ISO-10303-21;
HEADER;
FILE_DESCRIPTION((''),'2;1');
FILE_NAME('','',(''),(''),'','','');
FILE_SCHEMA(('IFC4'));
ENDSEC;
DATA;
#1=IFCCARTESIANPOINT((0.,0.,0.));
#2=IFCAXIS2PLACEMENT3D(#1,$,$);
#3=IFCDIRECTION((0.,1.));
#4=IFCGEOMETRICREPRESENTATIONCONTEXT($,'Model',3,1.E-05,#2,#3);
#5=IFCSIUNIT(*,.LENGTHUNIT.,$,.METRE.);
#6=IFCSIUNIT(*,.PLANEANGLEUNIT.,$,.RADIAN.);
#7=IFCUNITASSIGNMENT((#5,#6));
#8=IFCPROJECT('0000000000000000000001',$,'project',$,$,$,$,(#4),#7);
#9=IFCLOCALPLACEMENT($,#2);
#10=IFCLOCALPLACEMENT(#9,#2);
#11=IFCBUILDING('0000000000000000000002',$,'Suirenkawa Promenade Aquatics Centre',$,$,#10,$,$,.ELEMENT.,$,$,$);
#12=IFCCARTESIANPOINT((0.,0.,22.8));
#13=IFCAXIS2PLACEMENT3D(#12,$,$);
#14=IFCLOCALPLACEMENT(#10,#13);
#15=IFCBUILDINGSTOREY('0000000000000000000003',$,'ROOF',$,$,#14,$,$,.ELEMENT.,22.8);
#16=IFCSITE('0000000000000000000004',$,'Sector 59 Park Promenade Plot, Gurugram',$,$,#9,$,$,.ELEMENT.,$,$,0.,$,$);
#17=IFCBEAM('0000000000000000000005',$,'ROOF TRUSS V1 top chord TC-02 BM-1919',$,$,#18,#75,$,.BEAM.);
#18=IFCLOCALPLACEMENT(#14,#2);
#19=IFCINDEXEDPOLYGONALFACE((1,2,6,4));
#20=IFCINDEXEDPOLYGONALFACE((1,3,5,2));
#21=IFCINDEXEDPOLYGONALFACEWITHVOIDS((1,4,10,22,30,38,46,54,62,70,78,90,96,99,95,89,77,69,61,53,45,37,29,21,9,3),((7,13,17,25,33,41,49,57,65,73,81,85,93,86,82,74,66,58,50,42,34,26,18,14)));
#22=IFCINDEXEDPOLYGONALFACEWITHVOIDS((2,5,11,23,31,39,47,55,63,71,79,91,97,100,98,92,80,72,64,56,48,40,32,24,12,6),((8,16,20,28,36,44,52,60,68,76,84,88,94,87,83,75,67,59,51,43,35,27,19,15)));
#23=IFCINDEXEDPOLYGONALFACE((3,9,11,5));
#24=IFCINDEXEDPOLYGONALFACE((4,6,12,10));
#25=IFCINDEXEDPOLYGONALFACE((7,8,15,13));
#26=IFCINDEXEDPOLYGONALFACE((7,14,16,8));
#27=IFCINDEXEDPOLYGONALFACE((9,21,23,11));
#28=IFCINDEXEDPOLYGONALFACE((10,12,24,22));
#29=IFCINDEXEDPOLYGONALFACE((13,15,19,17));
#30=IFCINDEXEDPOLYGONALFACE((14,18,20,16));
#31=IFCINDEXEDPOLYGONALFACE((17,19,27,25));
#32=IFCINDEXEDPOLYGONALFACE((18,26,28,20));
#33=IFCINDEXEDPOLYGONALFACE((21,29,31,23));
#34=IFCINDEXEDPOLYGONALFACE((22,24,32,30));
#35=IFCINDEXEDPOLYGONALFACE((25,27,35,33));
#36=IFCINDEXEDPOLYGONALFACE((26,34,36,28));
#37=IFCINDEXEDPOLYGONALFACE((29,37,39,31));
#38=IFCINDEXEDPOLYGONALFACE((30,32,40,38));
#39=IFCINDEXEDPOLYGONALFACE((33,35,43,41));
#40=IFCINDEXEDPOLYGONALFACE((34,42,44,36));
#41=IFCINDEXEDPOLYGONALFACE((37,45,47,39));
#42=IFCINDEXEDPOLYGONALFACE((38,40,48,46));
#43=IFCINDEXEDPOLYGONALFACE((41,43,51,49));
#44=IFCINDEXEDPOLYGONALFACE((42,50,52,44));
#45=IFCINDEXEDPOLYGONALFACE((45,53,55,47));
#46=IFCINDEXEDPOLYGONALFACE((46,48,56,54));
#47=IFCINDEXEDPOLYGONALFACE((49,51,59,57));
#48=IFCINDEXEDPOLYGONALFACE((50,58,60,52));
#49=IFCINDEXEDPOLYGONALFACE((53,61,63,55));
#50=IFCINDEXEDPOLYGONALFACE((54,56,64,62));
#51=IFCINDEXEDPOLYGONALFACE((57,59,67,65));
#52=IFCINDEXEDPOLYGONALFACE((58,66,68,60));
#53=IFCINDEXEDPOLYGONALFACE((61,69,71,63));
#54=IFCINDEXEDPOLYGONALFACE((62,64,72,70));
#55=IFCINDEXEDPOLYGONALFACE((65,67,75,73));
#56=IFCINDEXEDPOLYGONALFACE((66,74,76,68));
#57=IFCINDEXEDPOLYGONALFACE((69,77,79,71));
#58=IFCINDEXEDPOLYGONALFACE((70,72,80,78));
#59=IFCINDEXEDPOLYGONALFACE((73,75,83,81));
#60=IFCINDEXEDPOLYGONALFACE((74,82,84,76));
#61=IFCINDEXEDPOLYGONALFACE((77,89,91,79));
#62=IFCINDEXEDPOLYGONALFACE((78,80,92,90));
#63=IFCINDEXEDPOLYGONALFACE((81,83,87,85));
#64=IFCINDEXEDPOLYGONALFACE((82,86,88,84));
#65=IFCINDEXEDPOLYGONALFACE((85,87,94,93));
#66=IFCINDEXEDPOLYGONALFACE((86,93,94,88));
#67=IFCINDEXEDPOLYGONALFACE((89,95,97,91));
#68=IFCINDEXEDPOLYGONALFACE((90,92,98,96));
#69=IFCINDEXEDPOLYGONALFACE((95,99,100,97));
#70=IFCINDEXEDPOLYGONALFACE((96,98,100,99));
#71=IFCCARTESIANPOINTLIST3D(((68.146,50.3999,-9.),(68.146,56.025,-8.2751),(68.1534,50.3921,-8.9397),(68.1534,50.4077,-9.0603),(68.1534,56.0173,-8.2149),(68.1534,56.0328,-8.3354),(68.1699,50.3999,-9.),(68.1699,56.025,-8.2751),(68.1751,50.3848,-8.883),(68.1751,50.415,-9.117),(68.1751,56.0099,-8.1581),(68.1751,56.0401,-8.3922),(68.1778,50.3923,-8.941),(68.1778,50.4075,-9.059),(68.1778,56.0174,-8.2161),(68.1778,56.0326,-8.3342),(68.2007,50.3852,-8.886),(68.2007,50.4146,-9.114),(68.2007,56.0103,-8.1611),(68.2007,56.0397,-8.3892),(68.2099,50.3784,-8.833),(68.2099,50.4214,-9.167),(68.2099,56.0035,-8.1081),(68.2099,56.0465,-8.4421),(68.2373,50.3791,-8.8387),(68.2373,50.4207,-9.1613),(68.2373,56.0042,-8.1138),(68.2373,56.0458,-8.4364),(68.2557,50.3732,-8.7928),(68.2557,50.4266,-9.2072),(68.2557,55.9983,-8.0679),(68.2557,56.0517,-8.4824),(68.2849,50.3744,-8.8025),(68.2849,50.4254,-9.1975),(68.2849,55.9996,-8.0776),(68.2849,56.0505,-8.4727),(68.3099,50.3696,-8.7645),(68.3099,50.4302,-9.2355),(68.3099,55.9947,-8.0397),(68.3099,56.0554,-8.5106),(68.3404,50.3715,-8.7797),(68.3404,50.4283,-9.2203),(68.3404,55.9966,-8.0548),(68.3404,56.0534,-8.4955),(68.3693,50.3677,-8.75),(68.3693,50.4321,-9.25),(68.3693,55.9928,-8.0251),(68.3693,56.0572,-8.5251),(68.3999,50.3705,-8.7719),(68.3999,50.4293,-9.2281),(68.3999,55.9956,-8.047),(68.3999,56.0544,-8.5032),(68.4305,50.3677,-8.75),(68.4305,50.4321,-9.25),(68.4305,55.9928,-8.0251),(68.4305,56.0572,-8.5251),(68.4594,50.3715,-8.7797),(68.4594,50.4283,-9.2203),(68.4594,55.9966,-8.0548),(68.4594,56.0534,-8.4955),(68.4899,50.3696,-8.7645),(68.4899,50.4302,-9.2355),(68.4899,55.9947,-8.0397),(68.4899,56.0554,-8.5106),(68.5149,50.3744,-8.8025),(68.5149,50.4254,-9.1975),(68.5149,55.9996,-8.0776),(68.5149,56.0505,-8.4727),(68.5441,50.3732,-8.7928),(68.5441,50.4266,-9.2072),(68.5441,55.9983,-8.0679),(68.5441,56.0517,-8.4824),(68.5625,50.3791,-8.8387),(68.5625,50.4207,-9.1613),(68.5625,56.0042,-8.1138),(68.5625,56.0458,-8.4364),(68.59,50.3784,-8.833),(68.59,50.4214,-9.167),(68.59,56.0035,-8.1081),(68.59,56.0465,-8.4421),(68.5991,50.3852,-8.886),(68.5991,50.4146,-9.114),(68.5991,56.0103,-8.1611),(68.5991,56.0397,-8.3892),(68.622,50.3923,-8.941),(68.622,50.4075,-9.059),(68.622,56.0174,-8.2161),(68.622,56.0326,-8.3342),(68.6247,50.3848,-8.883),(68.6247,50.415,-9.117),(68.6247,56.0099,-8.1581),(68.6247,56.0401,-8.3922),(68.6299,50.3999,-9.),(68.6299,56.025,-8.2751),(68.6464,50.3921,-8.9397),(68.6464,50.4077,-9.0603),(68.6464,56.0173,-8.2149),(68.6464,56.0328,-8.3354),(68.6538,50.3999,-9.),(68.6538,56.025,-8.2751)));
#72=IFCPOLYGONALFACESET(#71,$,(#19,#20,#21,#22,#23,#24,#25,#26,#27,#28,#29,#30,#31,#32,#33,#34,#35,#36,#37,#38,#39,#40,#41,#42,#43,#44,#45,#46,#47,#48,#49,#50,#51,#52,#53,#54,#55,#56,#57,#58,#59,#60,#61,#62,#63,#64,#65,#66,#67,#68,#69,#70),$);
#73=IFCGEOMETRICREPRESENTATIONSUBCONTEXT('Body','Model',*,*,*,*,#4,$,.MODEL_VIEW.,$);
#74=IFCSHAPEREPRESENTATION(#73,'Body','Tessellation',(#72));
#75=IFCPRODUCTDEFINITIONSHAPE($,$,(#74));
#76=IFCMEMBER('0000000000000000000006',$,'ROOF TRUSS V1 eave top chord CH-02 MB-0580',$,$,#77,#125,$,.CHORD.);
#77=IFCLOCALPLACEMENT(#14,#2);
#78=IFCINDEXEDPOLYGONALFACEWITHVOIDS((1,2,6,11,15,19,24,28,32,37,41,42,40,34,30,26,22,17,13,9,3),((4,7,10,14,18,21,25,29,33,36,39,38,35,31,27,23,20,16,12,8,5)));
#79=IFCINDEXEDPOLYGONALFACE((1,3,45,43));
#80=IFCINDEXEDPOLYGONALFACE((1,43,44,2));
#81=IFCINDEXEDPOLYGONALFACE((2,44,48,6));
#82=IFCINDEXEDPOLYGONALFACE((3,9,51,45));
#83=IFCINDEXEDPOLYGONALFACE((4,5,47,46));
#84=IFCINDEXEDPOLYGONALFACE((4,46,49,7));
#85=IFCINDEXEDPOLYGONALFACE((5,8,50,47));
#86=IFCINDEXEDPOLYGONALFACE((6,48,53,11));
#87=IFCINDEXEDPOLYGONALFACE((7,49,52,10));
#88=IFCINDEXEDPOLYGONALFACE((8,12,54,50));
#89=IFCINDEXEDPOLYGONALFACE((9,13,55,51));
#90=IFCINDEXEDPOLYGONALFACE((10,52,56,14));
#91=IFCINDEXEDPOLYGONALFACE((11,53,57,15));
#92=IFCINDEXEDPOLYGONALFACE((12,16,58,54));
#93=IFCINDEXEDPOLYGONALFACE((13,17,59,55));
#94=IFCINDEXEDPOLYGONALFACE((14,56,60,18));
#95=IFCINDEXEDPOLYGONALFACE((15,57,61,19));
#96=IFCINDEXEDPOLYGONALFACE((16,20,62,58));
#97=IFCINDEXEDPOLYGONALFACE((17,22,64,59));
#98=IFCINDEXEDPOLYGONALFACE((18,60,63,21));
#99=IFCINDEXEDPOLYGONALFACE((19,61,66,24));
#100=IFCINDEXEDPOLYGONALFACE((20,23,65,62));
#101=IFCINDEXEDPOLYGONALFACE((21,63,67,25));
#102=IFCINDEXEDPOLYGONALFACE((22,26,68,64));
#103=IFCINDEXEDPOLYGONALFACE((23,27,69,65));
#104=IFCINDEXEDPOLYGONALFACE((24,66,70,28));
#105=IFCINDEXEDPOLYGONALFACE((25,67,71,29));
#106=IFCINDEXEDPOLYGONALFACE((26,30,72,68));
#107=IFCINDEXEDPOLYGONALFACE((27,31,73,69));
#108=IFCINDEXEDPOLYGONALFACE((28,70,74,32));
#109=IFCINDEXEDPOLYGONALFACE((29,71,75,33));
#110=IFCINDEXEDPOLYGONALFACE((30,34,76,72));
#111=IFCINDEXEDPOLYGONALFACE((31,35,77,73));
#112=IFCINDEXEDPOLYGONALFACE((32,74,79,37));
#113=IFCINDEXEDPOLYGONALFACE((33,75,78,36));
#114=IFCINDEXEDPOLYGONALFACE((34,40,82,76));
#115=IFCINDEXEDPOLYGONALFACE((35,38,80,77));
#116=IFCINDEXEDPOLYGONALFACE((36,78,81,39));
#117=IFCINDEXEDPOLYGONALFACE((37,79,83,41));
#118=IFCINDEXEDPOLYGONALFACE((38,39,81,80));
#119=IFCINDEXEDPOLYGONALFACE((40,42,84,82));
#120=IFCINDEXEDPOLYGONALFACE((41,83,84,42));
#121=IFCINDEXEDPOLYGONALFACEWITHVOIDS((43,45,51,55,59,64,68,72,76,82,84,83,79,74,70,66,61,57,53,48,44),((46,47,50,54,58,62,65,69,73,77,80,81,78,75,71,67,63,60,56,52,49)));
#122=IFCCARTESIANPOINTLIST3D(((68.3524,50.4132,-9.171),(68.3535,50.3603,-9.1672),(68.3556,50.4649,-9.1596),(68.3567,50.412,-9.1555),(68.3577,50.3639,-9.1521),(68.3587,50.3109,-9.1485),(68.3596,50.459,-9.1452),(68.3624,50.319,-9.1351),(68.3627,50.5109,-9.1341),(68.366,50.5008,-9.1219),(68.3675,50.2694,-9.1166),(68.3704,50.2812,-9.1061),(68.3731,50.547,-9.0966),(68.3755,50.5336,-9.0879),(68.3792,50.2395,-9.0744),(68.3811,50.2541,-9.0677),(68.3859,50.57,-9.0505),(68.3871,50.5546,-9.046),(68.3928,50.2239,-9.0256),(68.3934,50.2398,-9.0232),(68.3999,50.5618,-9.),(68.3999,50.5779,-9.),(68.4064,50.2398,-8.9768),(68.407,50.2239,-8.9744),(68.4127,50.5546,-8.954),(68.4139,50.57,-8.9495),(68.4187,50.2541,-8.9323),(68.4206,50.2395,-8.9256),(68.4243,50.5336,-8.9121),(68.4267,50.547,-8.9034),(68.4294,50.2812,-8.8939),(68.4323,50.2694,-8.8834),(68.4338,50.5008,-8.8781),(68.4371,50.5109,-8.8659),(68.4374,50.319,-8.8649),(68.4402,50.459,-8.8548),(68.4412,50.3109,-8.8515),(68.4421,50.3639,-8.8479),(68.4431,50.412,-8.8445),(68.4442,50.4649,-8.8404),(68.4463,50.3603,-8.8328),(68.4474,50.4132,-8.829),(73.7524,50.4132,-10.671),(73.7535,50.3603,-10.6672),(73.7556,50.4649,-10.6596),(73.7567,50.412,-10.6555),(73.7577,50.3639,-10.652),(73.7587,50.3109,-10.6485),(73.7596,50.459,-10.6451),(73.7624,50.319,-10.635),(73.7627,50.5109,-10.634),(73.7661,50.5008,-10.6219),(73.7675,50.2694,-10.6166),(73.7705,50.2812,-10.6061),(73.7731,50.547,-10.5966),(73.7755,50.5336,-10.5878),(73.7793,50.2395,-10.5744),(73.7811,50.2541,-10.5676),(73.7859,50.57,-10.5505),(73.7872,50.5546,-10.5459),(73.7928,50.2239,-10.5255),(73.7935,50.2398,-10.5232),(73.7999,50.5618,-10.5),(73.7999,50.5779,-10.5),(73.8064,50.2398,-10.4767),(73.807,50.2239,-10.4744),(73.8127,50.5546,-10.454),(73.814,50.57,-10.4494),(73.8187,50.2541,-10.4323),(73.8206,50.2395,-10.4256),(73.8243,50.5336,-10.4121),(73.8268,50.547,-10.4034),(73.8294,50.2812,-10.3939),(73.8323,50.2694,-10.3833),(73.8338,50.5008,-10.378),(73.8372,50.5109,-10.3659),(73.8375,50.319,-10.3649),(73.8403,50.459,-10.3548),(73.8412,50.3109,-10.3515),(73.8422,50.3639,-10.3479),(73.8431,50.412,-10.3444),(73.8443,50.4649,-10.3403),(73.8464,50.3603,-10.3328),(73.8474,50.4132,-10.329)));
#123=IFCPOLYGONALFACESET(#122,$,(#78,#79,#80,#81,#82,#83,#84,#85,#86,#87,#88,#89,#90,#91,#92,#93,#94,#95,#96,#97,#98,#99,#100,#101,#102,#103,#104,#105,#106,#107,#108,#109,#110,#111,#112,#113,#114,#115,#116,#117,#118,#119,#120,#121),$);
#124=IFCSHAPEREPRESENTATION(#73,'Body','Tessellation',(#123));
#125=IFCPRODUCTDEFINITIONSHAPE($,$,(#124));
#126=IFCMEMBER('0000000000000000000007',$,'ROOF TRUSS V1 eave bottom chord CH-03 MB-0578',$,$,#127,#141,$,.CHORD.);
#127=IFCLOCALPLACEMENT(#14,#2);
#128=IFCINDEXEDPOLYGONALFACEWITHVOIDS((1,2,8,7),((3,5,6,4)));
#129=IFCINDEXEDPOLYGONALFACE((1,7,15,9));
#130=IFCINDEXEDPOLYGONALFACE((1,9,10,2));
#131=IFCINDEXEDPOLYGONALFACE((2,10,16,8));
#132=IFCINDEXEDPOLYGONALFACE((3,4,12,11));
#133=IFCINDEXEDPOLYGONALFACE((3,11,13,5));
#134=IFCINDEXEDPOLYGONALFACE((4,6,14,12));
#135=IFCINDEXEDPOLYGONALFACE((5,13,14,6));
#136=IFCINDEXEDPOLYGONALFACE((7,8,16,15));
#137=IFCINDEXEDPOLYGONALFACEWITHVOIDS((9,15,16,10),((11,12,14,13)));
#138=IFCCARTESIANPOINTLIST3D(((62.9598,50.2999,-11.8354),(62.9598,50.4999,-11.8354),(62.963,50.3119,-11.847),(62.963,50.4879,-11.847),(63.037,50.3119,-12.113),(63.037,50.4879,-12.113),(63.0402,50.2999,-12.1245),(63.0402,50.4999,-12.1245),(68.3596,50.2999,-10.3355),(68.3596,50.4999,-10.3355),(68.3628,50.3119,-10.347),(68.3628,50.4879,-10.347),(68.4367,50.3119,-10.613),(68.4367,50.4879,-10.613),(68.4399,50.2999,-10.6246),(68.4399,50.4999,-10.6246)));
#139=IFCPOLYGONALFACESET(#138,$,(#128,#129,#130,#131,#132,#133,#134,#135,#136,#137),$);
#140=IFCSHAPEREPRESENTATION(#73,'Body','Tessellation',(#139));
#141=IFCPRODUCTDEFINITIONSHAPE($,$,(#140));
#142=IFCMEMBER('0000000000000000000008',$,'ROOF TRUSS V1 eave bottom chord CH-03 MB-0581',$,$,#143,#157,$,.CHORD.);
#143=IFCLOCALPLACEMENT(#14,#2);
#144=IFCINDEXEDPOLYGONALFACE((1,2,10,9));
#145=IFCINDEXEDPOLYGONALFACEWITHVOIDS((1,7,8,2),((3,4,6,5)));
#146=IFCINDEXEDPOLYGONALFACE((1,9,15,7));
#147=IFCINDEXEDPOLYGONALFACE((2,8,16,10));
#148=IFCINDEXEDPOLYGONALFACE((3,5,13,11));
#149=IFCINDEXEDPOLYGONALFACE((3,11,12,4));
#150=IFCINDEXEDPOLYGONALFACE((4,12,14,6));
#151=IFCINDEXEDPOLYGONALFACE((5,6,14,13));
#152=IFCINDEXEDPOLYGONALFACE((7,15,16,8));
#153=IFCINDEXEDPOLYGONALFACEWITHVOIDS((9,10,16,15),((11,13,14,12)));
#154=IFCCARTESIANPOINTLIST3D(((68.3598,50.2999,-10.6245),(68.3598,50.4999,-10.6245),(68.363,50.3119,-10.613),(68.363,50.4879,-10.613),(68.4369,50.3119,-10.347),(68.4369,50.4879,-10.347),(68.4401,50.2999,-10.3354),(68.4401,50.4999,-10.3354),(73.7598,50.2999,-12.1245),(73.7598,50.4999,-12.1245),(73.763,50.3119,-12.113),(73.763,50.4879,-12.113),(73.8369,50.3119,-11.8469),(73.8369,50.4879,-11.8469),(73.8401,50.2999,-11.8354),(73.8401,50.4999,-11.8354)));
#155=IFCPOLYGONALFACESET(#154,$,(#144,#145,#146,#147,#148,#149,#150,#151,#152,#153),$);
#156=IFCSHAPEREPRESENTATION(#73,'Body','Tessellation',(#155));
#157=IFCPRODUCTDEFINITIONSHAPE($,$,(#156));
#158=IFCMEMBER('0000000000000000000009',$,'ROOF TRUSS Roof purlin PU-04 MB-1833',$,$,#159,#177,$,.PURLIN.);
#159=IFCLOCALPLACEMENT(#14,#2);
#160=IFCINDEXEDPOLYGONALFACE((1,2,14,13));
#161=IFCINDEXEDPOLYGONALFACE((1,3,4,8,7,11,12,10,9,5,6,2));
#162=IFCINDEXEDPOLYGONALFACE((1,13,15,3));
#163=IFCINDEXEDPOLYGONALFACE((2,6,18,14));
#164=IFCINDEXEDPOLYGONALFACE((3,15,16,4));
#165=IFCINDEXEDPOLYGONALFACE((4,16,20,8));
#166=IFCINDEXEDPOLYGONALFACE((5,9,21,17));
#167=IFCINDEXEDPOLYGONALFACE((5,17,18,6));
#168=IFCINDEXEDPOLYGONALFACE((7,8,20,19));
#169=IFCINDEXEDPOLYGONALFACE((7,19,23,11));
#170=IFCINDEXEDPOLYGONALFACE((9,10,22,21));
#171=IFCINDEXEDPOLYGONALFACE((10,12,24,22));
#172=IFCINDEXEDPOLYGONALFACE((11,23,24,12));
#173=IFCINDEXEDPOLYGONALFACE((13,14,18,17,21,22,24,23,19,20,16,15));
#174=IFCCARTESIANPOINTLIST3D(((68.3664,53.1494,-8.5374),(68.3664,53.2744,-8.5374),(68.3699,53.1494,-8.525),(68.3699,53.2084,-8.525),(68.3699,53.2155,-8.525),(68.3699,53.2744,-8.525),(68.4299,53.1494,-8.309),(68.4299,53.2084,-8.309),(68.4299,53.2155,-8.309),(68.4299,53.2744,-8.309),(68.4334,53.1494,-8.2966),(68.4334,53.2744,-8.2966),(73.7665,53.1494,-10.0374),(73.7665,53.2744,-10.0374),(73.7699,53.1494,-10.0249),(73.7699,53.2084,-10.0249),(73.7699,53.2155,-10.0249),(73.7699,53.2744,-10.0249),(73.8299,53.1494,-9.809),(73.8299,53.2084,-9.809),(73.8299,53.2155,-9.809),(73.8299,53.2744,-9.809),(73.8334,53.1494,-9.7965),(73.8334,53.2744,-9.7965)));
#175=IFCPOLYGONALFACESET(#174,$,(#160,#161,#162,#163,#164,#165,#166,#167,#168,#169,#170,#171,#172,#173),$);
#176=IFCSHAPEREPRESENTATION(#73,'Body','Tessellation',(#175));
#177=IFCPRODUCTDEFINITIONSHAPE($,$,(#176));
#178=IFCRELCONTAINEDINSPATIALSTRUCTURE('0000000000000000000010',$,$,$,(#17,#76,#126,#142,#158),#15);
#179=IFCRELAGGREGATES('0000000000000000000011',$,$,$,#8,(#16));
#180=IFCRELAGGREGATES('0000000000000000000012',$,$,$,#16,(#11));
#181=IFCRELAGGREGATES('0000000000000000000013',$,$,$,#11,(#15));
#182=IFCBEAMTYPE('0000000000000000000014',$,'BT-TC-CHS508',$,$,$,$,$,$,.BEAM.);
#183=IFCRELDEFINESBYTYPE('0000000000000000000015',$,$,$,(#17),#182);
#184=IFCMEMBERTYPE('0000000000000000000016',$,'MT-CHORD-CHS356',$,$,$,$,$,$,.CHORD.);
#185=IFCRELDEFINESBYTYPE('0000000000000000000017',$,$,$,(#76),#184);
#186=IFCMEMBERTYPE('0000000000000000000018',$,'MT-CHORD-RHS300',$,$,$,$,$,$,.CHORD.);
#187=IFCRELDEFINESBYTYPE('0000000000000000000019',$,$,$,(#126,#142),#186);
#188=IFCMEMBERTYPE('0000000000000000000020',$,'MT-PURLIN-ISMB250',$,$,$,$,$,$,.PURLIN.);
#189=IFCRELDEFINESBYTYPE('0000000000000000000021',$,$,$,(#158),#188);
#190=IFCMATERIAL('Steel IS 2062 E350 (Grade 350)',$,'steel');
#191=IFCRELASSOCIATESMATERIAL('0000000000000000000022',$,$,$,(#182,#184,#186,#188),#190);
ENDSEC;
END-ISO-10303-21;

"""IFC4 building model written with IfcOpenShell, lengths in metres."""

from ifc_helpers import new_model, si_unit, direction, frame, origin, origin_2d, place, context, subcontext, project, spatial, hollow_rectangle, hollow_circle, i_section, extrude, material, material_profile, profile_set, type_object, element, save


model = new_model("IFC4")

# Units and contexts
model_context = context("Model", 3, precision=1e-05, world=origin(), true_north=direction((0.0, 1.0)))
body_context = subcontext(model_context, "Body", "Model", "MODEL_VIEW")
ifc_project = project(units=[si_unit("LENGTHUNIT", "METRE"), si_unit("PLANEANGLEUNIT", "RADIAN")], contexts=[model_context])

# Site, building, storey
site_placement = place(None, origin())
site = spatial("IfcSite", under=ifc_project, at=site_placement, Name="Sector 59 Park Promenade Plot, Gurugram", CompositionType="ELEMENT", RefElevation=0.0)
building_placement = place(site_placement, origin())
building = spatial("IfcBuilding", under=site, at=building_placement, Name="Suirenkawa Promenade Aquatics Centre", CompositionType="ELEMENT")
storey_placement = place(building_placement, frame((0.0, 0.0, 22.8)))
storey = spatial("IfcBuildingStorey", under=building, at=storey_placement, Name="ROOF", CompositionType="ELEMENT", Elevation=22.8)

# Beam
ifc_material_1 = material(Name="Steel IS 2062 E350 (Grade 350)", Category="steel")
ifc_material_profile_1 = material_profile(ifc_material_1, hollow_circle(Radius=0.2539, WallThickness=0.0239, at=origin_2d()), Name="CHS 508x24", Category="steel")
ifc_profile_set_1 = profile_set([ifc_material_profile_1], Name="Steel IS 2062 E350 (Grade 350)")
beam_type_1 = type_object("IfcBeamType", Name="BT-TC-CHS508", PredefinedType="BEAM", material=ifc_profile_set_1)
for number, where, z_axis, x_axis, name in (
    (1, (68.3999, 50.3999, -9.0), (0.0, 0.991799, 0.127806), (-1.0, 0.0, 0.0), "ROOF TRUSS V1 top chord TC-02 BM-1919"),
):
    element("IfcBeam", number, at=place(storey_placement, frame(where, z_axis=z_axis, x_axis=x_axis)), inside=storey, type_object=beam_type_1, Name=name, PredefinedType="BEAM", context=body_context, shape_type="SweptSolid", body=[
        extrude(hollow_circle(Radius=0.2539, WallThickness=0.0239, at=origin_2d()), origin(), (0.0, 0.0, 1.0), 5.6716),
    ])

# Members
ifc_material_profile_2 = material_profile(ifc_material_1, hollow_circle(Radius=0.178, WallThickness=0.0161, at=origin_2d()), Name="CHS 356x16", Category="steel")
ifc_profile_set_2 = profile_set([ifc_material_profile_2], Name="Steel IS 2062 E350 (Grade 350)")
member_type_1 = type_object("IfcMemberType", Name="MT-CHORD-CHS356", PredefinedType="CHORD", material=ifc_profile_set_2)
member_1_placement = place(storey_placement, frame((68.3999, 50.3999, -9.0), z_axis=(0.96352, 0.0, -0.267637), x_axis=(0.0, 1.0, 0.0)))
element("IfcMember", 2, at=member_1_placement, inside=storey, type_object=member_type_1, Name="ROOF TRUSS V1 eave top chord CH-02 MB-0580", PredefinedType="CHORD", context=body_context, shape_type="SweptSolid", body=[
    extrude(hollow_circle(Radius=0.178, WallThickness=0.0161, at=origin_2d()), origin(), (0.0, 0.0, 1.0), 5.6045),
])
ifc_material_profile_3 = material_profile(ifc_material_1, hollow_rectangle(XDim=0.2, YDim=0.3, WallThickness=0.012, at=origin_2d()), Name="RHS 300x200x12", Category="steel")
ifc_profile_set_3 = profile_set([ifc_material_profile_3], Name="Steel IS 2062 E350 (Grade 350)")
member_type_2 = type_object("IfcMemberType", Name="MT-CHORD-RHS300", PredefinedType="CHORD", material=ifc_profile_set_3)
member_2_placement = place(storey_placement, frame((63.0, 50.3999, -11.98), z_axis=(0.963517, 0.0, 0.267648), x_axis=(0.0, 1.0, 0.0)))
element("IfcMember", 3, at=member_2_placement, inside=storey, type_object=member_type_2, Name="ROOF TRUSS V1 eave bottom chord CH-03 MB-0578", PredefinedType="CHORD", context=body_context, shape_type="SweptSolid", body=[
    extrude(hollow_rectangle(XDim=0.2, YDim=0.3, WallThickness=0.012, at=origin_2d()), origin(), (0.0, 0.0, 1.0), 5.6042),
])
member_3_placement = place(storey_placement, frame((68.3999, 50.3999, -10.48), z_axis=(0.96352, 0.0, -0.267637), x_axis=(0.0, 1.0, 0.0)))
element("IfcMember", 4, at=member_3_placement, inside=storey, type_object=member_type_2, Name="ROOF TRUSS V1 eave bottom chord CH-03 MB-0581", PredefinedType="CHORD", context=body_context, shape_type="SweptSolid", body=[
    extrude(hollow_rectangle(XDim=0.2, YDim=0.3, WallThickness=0.012, at=origin_2d()), origin(), (0.0, 0.0, 1.0), 5.6045),
])
ifc_material_profile_4 = material_profile(ifc_material_1, i_section(OverallWidth=0.125, OverallDepth=0.25, WebThickness=0.0071, FlangeThickness=0.0129, at=origin_2d()), Name="ISMB 250", Category="steel")
ifc_profile_set_4 = profile_set([ifc_material_profile_4], Name="Steel IS 2062 E350 (Grade 350)")
member_type_3 = type_object("IfcMemberType", Name="MT-PURLIN-ISMB250", PredefinedType="PURLIN", material=ifc_profile_set_4)
member_4_placement = place(storey_placement, frame((68.3999, 53.2119, -8.417), z_axis=(0.96352, 0.0, -0.267637), x_axis=(0.0, 1.0, 0.0)))
element("IfcMember", 5, at=member_4_placement, inside=storey, type_object=member_type_3, Name="ROOF TRUSS Roof purlin PU-04 MB-1833", PredefinedType="PURLIN", context=body_context, shape_type="SweptSolid", body=[
    extrude(i_section(OverallWidth=0.125, OverallDepth=0.25, WebThickness=0.0071, FlangeThickness=0.0129, at=origin_2d()), origin(), (0.0, 0.0, 1.0), 5.6045),
])

save(model, "model.ifc")
